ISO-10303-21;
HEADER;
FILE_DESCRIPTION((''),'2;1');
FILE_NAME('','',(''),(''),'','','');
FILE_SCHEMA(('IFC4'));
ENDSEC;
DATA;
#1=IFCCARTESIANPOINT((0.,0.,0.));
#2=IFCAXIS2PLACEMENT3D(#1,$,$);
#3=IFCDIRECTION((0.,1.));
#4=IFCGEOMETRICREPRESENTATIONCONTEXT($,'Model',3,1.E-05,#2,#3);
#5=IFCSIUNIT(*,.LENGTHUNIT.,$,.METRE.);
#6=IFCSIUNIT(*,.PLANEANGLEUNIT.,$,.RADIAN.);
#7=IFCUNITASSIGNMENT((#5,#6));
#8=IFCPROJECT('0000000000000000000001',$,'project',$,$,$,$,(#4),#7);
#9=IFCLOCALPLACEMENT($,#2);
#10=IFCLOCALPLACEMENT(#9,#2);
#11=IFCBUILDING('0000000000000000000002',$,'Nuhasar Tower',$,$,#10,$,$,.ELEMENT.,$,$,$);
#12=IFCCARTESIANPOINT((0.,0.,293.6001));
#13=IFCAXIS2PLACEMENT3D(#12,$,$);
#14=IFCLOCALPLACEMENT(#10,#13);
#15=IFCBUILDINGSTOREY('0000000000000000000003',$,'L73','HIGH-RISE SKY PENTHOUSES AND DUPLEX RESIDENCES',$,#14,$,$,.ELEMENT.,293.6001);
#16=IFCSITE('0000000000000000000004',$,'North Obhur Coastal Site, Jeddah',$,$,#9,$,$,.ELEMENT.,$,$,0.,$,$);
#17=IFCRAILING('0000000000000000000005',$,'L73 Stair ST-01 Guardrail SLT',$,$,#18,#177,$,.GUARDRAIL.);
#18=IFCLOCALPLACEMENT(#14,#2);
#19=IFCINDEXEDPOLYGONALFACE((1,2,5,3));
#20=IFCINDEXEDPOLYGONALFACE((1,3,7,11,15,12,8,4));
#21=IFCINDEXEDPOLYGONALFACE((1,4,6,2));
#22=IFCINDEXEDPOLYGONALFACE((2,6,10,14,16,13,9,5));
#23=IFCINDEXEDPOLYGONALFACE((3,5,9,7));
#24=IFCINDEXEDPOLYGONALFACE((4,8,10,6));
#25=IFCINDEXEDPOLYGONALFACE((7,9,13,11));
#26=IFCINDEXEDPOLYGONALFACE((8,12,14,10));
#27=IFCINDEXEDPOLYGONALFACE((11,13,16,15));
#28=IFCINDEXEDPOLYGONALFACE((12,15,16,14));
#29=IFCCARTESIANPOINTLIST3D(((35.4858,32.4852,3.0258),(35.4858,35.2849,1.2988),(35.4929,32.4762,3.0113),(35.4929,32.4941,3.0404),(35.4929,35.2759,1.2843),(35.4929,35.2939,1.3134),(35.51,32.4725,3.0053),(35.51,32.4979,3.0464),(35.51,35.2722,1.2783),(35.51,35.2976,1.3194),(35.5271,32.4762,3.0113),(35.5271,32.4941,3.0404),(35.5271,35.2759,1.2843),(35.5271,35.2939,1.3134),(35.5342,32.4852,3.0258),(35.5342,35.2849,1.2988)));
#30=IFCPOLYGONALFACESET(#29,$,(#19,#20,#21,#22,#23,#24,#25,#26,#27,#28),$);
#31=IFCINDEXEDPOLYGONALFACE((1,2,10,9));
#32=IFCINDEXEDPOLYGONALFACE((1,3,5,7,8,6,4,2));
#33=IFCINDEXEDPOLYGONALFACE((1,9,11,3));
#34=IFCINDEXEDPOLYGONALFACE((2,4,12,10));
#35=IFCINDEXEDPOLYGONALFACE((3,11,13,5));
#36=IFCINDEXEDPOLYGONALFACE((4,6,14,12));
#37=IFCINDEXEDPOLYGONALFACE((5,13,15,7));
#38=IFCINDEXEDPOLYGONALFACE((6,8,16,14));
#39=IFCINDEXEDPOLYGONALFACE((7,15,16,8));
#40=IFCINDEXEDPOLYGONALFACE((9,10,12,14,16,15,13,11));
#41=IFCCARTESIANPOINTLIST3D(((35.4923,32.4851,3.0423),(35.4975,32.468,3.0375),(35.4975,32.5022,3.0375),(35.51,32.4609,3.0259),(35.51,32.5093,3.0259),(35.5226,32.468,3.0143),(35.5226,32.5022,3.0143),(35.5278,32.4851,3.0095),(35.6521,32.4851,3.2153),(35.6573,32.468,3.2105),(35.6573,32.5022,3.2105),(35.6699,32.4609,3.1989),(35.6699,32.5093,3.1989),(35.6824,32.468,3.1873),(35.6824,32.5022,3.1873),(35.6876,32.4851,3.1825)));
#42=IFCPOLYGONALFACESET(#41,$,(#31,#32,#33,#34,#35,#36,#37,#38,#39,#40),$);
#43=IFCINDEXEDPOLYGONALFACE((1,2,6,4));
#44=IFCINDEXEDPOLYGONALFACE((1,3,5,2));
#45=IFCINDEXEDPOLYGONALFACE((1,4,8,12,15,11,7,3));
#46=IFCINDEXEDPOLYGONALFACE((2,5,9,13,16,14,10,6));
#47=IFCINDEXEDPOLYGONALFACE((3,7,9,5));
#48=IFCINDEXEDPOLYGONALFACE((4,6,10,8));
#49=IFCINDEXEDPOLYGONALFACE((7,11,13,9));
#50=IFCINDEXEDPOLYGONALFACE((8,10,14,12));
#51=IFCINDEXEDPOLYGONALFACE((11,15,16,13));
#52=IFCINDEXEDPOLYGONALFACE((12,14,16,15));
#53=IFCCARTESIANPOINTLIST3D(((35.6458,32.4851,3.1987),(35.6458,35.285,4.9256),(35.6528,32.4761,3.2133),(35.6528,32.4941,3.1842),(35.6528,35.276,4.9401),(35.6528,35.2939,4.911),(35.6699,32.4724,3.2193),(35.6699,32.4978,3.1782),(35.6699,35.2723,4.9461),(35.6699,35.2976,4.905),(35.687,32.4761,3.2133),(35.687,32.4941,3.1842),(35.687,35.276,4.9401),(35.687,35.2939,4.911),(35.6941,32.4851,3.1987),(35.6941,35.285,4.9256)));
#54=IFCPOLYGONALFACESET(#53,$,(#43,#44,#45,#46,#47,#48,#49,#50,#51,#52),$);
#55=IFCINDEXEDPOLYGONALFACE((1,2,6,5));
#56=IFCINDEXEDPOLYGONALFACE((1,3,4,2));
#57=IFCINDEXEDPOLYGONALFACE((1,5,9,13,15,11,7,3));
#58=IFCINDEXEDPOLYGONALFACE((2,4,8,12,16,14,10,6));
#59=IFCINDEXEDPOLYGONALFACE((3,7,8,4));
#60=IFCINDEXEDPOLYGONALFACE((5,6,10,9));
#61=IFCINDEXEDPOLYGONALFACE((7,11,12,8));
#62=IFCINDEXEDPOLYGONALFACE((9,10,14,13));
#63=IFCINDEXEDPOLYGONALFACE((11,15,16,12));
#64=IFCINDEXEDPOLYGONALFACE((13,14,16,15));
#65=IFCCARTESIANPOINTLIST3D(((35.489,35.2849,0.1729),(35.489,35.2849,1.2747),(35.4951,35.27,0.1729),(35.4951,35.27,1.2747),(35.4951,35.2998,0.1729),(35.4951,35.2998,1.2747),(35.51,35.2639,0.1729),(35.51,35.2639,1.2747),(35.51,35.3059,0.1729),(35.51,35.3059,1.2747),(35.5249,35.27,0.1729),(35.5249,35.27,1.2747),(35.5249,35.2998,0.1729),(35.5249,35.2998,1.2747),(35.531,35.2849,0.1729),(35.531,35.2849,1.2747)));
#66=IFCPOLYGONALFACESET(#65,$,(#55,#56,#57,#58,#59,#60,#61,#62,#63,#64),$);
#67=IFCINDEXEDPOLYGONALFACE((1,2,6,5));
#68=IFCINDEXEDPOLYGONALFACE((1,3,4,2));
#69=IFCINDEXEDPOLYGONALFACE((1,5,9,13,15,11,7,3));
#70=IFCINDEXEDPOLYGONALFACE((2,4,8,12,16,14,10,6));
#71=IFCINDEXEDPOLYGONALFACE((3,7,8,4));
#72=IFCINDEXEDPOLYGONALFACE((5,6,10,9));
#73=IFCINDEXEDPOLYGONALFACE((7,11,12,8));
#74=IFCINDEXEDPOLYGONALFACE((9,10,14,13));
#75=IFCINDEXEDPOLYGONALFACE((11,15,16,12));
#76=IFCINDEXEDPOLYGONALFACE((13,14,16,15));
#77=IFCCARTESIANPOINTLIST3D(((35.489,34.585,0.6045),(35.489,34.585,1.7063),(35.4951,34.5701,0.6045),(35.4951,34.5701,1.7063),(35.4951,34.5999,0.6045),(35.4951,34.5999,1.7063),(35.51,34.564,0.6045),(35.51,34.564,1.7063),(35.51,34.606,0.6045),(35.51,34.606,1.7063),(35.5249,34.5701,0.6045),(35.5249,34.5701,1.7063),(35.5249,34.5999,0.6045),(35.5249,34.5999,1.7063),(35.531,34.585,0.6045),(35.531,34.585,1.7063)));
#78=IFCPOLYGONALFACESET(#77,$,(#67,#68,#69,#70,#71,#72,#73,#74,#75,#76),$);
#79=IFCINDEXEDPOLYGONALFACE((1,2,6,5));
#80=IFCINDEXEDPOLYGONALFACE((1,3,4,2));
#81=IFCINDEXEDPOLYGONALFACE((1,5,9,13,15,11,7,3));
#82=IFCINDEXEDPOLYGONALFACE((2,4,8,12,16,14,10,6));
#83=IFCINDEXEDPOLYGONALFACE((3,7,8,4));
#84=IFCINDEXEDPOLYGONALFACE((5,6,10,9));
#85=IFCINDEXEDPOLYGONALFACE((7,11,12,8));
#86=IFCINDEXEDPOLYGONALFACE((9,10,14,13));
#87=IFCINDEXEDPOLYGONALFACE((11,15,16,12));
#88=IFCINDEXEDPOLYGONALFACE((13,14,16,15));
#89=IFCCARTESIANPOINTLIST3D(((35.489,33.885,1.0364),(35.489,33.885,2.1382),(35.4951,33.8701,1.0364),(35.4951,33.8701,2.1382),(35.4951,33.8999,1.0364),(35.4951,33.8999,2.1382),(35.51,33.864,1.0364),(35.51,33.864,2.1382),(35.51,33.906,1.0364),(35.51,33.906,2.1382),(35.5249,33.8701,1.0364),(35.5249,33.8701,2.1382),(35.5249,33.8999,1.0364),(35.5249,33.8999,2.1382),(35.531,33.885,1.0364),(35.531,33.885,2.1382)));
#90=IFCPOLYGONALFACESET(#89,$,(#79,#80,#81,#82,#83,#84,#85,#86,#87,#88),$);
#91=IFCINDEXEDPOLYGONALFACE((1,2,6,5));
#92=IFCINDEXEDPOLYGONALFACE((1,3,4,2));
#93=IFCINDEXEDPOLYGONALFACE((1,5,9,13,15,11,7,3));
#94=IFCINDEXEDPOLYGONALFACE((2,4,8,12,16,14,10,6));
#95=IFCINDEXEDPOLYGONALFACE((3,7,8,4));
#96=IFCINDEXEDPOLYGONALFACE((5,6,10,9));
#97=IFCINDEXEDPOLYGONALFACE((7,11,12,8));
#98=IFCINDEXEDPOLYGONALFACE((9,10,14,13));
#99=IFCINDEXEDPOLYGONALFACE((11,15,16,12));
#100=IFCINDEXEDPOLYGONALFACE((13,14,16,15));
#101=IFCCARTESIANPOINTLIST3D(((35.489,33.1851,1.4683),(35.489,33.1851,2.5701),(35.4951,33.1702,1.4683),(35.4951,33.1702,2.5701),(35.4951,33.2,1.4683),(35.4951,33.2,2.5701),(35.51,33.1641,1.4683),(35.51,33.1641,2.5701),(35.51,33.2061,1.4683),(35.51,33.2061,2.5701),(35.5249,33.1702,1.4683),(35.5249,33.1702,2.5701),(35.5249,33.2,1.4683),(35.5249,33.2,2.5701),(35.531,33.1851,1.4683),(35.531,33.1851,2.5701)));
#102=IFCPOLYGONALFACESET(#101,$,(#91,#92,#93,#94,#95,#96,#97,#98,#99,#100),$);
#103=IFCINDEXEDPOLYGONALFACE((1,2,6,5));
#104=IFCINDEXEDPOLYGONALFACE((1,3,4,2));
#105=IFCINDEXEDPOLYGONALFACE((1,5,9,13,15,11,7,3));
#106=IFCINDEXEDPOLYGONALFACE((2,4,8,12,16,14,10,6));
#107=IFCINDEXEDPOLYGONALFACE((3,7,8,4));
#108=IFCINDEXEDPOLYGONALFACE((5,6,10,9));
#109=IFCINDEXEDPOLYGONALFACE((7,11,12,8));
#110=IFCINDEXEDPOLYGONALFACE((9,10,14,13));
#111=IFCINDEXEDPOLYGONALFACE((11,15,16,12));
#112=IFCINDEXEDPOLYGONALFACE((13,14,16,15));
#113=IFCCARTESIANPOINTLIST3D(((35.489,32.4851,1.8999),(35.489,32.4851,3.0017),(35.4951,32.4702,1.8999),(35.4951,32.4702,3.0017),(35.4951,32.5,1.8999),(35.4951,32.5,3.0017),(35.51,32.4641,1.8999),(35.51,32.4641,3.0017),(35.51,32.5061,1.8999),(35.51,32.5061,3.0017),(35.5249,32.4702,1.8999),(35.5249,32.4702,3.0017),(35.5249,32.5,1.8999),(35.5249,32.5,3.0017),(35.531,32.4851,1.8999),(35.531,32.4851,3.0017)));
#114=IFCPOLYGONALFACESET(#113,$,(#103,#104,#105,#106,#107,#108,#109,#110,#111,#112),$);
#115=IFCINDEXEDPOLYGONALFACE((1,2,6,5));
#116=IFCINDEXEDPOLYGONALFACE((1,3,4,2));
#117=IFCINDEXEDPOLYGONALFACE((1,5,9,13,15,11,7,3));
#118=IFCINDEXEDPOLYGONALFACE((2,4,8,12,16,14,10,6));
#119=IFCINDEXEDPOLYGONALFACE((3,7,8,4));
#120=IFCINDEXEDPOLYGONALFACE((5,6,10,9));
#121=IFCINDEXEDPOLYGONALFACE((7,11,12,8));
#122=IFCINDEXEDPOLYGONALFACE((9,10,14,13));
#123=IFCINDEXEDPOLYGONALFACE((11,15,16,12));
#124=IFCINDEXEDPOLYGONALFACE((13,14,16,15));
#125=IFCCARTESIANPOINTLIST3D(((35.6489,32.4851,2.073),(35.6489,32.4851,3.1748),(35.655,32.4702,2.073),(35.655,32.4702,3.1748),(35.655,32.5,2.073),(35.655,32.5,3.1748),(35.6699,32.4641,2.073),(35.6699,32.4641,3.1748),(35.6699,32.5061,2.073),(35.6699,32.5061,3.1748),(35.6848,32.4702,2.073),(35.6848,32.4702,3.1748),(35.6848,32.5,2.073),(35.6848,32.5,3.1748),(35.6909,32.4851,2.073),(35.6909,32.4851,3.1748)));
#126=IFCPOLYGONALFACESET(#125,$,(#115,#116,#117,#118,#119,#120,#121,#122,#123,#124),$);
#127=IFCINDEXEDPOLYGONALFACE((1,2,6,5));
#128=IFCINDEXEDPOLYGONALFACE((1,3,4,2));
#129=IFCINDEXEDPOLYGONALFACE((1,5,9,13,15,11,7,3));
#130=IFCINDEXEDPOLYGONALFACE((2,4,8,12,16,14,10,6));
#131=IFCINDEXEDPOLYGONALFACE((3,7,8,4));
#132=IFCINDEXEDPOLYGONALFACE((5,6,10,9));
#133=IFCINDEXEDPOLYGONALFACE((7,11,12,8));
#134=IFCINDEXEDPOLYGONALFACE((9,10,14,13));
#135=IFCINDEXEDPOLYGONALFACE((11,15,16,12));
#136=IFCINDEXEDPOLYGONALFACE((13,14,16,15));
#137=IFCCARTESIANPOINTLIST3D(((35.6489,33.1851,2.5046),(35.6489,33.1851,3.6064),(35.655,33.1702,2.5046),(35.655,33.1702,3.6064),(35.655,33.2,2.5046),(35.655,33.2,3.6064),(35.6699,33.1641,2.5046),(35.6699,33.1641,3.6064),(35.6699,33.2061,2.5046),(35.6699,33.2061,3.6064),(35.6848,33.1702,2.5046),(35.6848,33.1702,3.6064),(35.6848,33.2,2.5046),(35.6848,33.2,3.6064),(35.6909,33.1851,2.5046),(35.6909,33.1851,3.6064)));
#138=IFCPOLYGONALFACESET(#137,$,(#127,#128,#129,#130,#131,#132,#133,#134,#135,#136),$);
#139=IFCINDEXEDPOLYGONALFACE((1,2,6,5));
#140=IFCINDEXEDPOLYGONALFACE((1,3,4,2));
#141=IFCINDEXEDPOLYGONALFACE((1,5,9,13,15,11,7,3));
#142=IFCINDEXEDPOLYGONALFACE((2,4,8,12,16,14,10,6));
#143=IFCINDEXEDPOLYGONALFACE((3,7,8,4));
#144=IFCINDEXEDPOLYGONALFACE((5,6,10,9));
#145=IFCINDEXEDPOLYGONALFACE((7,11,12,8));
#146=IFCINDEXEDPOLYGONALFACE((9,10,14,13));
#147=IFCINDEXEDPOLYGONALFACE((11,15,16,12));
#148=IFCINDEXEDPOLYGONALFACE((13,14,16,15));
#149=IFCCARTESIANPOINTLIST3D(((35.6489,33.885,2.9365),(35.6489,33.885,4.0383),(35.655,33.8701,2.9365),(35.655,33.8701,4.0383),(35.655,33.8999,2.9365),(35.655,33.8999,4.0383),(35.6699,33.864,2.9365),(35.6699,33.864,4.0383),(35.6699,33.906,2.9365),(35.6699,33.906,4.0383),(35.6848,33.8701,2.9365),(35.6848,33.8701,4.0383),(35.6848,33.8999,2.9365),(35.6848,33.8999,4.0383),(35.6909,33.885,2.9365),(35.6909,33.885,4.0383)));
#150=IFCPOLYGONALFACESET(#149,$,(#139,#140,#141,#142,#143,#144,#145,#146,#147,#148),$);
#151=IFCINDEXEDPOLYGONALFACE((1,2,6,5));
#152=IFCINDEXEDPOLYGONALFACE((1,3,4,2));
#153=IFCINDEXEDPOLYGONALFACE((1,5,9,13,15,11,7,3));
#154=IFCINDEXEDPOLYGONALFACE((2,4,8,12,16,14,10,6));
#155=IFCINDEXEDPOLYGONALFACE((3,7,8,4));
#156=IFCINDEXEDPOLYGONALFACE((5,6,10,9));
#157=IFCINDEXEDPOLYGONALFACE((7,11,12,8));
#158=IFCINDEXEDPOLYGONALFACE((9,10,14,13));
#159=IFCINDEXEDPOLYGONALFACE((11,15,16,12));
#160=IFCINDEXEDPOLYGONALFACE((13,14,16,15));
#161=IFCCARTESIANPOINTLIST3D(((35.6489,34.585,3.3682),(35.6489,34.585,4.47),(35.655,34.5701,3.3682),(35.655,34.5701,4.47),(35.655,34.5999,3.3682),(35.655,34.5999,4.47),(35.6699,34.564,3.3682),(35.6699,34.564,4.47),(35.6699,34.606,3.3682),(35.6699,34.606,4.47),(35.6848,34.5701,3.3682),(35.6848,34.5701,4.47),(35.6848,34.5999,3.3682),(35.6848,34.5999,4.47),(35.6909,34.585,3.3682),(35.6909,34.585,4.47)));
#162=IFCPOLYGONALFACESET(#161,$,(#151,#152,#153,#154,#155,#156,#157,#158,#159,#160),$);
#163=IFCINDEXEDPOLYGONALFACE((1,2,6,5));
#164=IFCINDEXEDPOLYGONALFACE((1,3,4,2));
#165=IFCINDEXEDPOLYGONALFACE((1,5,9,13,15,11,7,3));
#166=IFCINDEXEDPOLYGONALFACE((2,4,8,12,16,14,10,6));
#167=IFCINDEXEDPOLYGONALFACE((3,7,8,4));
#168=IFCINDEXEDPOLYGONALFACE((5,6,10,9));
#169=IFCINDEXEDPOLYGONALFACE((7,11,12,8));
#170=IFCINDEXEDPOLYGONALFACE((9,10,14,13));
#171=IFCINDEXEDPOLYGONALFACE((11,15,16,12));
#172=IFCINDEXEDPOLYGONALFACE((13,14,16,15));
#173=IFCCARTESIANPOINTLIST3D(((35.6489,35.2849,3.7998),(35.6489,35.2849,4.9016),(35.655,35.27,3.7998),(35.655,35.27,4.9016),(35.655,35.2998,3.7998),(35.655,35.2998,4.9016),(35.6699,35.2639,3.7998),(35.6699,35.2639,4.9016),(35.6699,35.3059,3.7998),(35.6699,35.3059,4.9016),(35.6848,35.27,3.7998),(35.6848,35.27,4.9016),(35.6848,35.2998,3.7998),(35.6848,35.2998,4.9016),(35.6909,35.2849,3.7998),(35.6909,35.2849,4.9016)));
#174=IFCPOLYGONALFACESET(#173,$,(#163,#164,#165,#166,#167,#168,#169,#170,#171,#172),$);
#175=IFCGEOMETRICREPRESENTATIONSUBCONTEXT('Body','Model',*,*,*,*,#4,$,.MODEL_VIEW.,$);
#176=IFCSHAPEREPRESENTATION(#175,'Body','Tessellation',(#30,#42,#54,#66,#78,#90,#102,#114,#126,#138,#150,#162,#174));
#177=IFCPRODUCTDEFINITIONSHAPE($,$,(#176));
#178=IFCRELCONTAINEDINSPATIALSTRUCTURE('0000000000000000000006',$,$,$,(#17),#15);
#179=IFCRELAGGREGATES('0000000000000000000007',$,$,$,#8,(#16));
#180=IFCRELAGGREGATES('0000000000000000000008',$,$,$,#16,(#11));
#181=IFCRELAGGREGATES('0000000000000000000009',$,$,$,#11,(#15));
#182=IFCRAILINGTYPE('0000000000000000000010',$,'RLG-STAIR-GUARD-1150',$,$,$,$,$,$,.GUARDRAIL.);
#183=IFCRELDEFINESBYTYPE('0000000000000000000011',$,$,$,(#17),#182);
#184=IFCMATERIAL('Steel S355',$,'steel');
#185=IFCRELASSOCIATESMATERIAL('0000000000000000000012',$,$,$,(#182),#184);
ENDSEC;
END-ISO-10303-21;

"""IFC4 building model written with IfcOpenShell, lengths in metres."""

from ifc_helpers import new_model, si_unit, direction, frame, origin, place, context, subcontext, project, spatial, polyline, outline, extrude, material, type_object, element, save


model = new_model("IFC4")

# Units and contexts
model_context = context("Model", 3, precision=1e-05, world=origin(), true_north=direction((0.0, 1.0)))
body_context = subcontext(model_context, "Body", "Model", "MODEL_VIEW")
ifc_project = project(units=[si_unit("LENGTHUNIT", "METRE"), si_unit("PLANEANGLEUNIT", "RADIAN")], contexts=[model_context])

# Site, building, storey
site_placement = place(None, origin())
site = spatial("IfcSite", under=ifc_project, at=site_placement, Name="North Obhur Coastal Site, Jeddah", CompositionType="ELEMENT", RefElevation=0.0)
building_placement = place(site_placement, origin())
building = spatial("IfcBuilding", under=site, at=building_placement, Name="Nuhasar Tower", CompositionType="ELEMENT")
storey_placement = place(building_placement, frame((0.0, 0.0, 293.6001)))
storey = spatial("IfcBuildingStorey", under=building, at=storey_placement, Name="L73", Description="HIGH-RISE SKY PENTHOUSES AND DUPLEX RESIDENCES", CompositionType="ELEMENT", Elevation=293.6001)

# Shared definitions
ifc_material_1 = material(Name="Steel S355", Category="steel")

# Railing
railing_type_1 = type_object("IfcRailingType", Name="RLG-STAIR-GUARD-1150", PredefinedType="GUARDRAIL", material=ifc_material_1)
railing_1_placement = place(storey_placement, frame((35.51, 35.2849, 0.1729)))
element("IfcRailing", 1, at=railing_1_placement, inside=storey, type_object=railing_type_1, Name="L73 Stair ST-01 Guardrail SLT", PredefinedType="GUARDRAIL", context=body_context, shape_type="SweptSolid", body=[
    extrude(outline(polyline([(0.0242, 0.0), (0.0171, 0.0171), (0.0, 0.0242), (-0.0171, 0.0171), (-0.0242, 0.0), (-0.0171, -0.0171), (0.0, -0.0242), (0.0171, -0.0171), (0.0242, 0.0)])), frame((0.0, 0.0, 1.126), z_axis=(0.0, -0.851102, 0.525), x_axis=(1.0, 0.0, 0.0)), (0.0, 0.0, 1.0), 3.2896),
    extrude(outline(polyline([(0.0242, 0.0), (0.0171, 0.0171), (0.0, 0.0242), (-0.0171, 0.0171), (-0.0242, 0.0), (-0.0171, -0.0171), (0.0, -0.0242), (0.0171, -0.0171), (0.0242, 0.0)])), frame((0.0, -2.7998, 2.853), z_axis=(0.678581, 0.0, 0.734525), x_axis=(0.0, 1.0, 0.0)), (0.0, 0.0, 1.0), 0.2356),
    extrude(outline(polyline([(0.0242, 0.0), (0.0171, 0.0171), (0.0, 0.0242), (-0.0171, 0.0171), (-0.0242, 0.0), (-0.0171, -0.0171), (0.0, -0.0242), (0.0171, -0.0171), (0.0242, 0.0)])), frame((0.1599, -2.7998, 3.0259), z_axis=(0.0, 0.851135, 0.524946), x_axis=(-1.0, 0.0, 0.0)), (0.0, 0.0, 1.0), 3.2896),
    extrude(outline(polyline([(0.021, 0.0), (0.0149, 0.0149), (0.0, 0.021), (-0.0149, 0.0149), (-0.021, 0.0), (-0.0149, -0.0149), (0.0, -0.021), (0.0149, -0.0149), (0.021, 0.0)])), origin(), (0.0, 0.0, 1.0), 1.1018),
    extrude(outline(polyline([(0.021, 0.0), (0.0149, 0.0149), (0.0, 0.021), (-0.0149, 0.0149), (-0.021, 0.0), (-0.0149, -0.0149), (0.0, -0.021), (0.0149, -0.0149), (0.021, 0.0)])), frame((0.0, -0.7, 0.4316)), (0.0, 0.0, 1.0), 1.1018),
    extrude(outline(polyline([(0.021, 0.0), (0.0149, 0.0149), (0.0, 0.021), (-0.0149, 0.0149), (-0.021, 0.0), (-0.0149, -0.0149), (0.0, -0.021), (0.0149, -0.0149), (0.021, 0.0)])), frame((0.0, -1.3999, 0.8635)), (0.0, 0.0, 1.0), 1.1018),
    extrude(outline(polyline([(0.021, 0.0), (0.0149, 0.0149), (0.0, 0.021), (-0.0149, 0.0149), (-0.021, 0.0), (-0.0149, -0.0149), (0.0, -0.021), (0.0149, -0.0149), (0.021, 0.0)])), frame((0.0, -2.0999, 1.2954)), (0.0, 0.0, 1.0), 1.1018),
    extrude(outline(polyline([(0.021, 0.0), (0.0149, 0.0149), (0.0, 0.021), (-0.0149, 0.0149), (-0.021, 0.0), (-0.0149, -0.0149), (0.0, -0.021), (0.0149, -0.0149), (0.021, 0.0)])), frame((0.0, -2.7998, 1.7271)), (0.0, 0.0, 1.0), 1.1018),
    extrude(outline(polyline([(0.021, 0.0), (0.0149, 0.0149), (0.0, 0.021), (-0.0149, 0.0149), (-0.021, 0.0), (-0.0149, -0.0149), (0.0, -0.021), (0.0149, -0.0149), (0.021, 0.0)])), frame((0.1599, -2.7998, 1.9001)), (0.0, 0.0, 1.0), 1.1018),
    extrude(outline(polyline([(0.021, 0.0), (0.0149, 0.0149), (0.0, 0.021), (-0.0149, 0.0149), (-0.021, 0.0), (-0.0149, -0.0149), (0.0, -0.021), (0.0149, -0.0149), (0.021, 0.0)])), frame((0.1599, -2.0999, 2.3318)), (0.0, 0.0, 1.0), 1.1018),
    extrude(outline(polyline([(0.021, 0.0), (0.0149, 0.0149), (0.0, 0.021), (-0.0149, 0.0149), (-0.021, 0.0), (-0.0149, -0.0149), (0.0, -0.021), (0.0149, -0.0149), (0.021, 0.0)])), frame((0.1599, -1.3999, 2.7637)), (0.0, 0.0, 1.0), 1.1018),
    extrude(outline(polyline([(0.021, 0.0), (0.0149, 0.0149), (0.0, 0.021), (-0.0149, 0.0149), (-0.021, 0.0), (-0.0149, -0.0149), (0.0, -0.021), (0.0149, -0.0149), (0.021, 0.0)])), frame((0.1599, -0.7, 3.1953)), (0.0, 0.0, 1.0), 1.1018),
    extrude(outline(polyline([(0.021, 0.0), (0.0149, 0.0149), (0.0, 0.021), (-0.0149, 0.0149), (-0.021, 0.0), (-0.0149, -0.0149), (0.0, -0.021), (0.0149, -0.0149), (0.021, 0.0)])), frame((0.1599, 0.0, 3.627)), (0.0, 0.0, 1.0), 1.1018),
])

save(model, "model.ifc")
